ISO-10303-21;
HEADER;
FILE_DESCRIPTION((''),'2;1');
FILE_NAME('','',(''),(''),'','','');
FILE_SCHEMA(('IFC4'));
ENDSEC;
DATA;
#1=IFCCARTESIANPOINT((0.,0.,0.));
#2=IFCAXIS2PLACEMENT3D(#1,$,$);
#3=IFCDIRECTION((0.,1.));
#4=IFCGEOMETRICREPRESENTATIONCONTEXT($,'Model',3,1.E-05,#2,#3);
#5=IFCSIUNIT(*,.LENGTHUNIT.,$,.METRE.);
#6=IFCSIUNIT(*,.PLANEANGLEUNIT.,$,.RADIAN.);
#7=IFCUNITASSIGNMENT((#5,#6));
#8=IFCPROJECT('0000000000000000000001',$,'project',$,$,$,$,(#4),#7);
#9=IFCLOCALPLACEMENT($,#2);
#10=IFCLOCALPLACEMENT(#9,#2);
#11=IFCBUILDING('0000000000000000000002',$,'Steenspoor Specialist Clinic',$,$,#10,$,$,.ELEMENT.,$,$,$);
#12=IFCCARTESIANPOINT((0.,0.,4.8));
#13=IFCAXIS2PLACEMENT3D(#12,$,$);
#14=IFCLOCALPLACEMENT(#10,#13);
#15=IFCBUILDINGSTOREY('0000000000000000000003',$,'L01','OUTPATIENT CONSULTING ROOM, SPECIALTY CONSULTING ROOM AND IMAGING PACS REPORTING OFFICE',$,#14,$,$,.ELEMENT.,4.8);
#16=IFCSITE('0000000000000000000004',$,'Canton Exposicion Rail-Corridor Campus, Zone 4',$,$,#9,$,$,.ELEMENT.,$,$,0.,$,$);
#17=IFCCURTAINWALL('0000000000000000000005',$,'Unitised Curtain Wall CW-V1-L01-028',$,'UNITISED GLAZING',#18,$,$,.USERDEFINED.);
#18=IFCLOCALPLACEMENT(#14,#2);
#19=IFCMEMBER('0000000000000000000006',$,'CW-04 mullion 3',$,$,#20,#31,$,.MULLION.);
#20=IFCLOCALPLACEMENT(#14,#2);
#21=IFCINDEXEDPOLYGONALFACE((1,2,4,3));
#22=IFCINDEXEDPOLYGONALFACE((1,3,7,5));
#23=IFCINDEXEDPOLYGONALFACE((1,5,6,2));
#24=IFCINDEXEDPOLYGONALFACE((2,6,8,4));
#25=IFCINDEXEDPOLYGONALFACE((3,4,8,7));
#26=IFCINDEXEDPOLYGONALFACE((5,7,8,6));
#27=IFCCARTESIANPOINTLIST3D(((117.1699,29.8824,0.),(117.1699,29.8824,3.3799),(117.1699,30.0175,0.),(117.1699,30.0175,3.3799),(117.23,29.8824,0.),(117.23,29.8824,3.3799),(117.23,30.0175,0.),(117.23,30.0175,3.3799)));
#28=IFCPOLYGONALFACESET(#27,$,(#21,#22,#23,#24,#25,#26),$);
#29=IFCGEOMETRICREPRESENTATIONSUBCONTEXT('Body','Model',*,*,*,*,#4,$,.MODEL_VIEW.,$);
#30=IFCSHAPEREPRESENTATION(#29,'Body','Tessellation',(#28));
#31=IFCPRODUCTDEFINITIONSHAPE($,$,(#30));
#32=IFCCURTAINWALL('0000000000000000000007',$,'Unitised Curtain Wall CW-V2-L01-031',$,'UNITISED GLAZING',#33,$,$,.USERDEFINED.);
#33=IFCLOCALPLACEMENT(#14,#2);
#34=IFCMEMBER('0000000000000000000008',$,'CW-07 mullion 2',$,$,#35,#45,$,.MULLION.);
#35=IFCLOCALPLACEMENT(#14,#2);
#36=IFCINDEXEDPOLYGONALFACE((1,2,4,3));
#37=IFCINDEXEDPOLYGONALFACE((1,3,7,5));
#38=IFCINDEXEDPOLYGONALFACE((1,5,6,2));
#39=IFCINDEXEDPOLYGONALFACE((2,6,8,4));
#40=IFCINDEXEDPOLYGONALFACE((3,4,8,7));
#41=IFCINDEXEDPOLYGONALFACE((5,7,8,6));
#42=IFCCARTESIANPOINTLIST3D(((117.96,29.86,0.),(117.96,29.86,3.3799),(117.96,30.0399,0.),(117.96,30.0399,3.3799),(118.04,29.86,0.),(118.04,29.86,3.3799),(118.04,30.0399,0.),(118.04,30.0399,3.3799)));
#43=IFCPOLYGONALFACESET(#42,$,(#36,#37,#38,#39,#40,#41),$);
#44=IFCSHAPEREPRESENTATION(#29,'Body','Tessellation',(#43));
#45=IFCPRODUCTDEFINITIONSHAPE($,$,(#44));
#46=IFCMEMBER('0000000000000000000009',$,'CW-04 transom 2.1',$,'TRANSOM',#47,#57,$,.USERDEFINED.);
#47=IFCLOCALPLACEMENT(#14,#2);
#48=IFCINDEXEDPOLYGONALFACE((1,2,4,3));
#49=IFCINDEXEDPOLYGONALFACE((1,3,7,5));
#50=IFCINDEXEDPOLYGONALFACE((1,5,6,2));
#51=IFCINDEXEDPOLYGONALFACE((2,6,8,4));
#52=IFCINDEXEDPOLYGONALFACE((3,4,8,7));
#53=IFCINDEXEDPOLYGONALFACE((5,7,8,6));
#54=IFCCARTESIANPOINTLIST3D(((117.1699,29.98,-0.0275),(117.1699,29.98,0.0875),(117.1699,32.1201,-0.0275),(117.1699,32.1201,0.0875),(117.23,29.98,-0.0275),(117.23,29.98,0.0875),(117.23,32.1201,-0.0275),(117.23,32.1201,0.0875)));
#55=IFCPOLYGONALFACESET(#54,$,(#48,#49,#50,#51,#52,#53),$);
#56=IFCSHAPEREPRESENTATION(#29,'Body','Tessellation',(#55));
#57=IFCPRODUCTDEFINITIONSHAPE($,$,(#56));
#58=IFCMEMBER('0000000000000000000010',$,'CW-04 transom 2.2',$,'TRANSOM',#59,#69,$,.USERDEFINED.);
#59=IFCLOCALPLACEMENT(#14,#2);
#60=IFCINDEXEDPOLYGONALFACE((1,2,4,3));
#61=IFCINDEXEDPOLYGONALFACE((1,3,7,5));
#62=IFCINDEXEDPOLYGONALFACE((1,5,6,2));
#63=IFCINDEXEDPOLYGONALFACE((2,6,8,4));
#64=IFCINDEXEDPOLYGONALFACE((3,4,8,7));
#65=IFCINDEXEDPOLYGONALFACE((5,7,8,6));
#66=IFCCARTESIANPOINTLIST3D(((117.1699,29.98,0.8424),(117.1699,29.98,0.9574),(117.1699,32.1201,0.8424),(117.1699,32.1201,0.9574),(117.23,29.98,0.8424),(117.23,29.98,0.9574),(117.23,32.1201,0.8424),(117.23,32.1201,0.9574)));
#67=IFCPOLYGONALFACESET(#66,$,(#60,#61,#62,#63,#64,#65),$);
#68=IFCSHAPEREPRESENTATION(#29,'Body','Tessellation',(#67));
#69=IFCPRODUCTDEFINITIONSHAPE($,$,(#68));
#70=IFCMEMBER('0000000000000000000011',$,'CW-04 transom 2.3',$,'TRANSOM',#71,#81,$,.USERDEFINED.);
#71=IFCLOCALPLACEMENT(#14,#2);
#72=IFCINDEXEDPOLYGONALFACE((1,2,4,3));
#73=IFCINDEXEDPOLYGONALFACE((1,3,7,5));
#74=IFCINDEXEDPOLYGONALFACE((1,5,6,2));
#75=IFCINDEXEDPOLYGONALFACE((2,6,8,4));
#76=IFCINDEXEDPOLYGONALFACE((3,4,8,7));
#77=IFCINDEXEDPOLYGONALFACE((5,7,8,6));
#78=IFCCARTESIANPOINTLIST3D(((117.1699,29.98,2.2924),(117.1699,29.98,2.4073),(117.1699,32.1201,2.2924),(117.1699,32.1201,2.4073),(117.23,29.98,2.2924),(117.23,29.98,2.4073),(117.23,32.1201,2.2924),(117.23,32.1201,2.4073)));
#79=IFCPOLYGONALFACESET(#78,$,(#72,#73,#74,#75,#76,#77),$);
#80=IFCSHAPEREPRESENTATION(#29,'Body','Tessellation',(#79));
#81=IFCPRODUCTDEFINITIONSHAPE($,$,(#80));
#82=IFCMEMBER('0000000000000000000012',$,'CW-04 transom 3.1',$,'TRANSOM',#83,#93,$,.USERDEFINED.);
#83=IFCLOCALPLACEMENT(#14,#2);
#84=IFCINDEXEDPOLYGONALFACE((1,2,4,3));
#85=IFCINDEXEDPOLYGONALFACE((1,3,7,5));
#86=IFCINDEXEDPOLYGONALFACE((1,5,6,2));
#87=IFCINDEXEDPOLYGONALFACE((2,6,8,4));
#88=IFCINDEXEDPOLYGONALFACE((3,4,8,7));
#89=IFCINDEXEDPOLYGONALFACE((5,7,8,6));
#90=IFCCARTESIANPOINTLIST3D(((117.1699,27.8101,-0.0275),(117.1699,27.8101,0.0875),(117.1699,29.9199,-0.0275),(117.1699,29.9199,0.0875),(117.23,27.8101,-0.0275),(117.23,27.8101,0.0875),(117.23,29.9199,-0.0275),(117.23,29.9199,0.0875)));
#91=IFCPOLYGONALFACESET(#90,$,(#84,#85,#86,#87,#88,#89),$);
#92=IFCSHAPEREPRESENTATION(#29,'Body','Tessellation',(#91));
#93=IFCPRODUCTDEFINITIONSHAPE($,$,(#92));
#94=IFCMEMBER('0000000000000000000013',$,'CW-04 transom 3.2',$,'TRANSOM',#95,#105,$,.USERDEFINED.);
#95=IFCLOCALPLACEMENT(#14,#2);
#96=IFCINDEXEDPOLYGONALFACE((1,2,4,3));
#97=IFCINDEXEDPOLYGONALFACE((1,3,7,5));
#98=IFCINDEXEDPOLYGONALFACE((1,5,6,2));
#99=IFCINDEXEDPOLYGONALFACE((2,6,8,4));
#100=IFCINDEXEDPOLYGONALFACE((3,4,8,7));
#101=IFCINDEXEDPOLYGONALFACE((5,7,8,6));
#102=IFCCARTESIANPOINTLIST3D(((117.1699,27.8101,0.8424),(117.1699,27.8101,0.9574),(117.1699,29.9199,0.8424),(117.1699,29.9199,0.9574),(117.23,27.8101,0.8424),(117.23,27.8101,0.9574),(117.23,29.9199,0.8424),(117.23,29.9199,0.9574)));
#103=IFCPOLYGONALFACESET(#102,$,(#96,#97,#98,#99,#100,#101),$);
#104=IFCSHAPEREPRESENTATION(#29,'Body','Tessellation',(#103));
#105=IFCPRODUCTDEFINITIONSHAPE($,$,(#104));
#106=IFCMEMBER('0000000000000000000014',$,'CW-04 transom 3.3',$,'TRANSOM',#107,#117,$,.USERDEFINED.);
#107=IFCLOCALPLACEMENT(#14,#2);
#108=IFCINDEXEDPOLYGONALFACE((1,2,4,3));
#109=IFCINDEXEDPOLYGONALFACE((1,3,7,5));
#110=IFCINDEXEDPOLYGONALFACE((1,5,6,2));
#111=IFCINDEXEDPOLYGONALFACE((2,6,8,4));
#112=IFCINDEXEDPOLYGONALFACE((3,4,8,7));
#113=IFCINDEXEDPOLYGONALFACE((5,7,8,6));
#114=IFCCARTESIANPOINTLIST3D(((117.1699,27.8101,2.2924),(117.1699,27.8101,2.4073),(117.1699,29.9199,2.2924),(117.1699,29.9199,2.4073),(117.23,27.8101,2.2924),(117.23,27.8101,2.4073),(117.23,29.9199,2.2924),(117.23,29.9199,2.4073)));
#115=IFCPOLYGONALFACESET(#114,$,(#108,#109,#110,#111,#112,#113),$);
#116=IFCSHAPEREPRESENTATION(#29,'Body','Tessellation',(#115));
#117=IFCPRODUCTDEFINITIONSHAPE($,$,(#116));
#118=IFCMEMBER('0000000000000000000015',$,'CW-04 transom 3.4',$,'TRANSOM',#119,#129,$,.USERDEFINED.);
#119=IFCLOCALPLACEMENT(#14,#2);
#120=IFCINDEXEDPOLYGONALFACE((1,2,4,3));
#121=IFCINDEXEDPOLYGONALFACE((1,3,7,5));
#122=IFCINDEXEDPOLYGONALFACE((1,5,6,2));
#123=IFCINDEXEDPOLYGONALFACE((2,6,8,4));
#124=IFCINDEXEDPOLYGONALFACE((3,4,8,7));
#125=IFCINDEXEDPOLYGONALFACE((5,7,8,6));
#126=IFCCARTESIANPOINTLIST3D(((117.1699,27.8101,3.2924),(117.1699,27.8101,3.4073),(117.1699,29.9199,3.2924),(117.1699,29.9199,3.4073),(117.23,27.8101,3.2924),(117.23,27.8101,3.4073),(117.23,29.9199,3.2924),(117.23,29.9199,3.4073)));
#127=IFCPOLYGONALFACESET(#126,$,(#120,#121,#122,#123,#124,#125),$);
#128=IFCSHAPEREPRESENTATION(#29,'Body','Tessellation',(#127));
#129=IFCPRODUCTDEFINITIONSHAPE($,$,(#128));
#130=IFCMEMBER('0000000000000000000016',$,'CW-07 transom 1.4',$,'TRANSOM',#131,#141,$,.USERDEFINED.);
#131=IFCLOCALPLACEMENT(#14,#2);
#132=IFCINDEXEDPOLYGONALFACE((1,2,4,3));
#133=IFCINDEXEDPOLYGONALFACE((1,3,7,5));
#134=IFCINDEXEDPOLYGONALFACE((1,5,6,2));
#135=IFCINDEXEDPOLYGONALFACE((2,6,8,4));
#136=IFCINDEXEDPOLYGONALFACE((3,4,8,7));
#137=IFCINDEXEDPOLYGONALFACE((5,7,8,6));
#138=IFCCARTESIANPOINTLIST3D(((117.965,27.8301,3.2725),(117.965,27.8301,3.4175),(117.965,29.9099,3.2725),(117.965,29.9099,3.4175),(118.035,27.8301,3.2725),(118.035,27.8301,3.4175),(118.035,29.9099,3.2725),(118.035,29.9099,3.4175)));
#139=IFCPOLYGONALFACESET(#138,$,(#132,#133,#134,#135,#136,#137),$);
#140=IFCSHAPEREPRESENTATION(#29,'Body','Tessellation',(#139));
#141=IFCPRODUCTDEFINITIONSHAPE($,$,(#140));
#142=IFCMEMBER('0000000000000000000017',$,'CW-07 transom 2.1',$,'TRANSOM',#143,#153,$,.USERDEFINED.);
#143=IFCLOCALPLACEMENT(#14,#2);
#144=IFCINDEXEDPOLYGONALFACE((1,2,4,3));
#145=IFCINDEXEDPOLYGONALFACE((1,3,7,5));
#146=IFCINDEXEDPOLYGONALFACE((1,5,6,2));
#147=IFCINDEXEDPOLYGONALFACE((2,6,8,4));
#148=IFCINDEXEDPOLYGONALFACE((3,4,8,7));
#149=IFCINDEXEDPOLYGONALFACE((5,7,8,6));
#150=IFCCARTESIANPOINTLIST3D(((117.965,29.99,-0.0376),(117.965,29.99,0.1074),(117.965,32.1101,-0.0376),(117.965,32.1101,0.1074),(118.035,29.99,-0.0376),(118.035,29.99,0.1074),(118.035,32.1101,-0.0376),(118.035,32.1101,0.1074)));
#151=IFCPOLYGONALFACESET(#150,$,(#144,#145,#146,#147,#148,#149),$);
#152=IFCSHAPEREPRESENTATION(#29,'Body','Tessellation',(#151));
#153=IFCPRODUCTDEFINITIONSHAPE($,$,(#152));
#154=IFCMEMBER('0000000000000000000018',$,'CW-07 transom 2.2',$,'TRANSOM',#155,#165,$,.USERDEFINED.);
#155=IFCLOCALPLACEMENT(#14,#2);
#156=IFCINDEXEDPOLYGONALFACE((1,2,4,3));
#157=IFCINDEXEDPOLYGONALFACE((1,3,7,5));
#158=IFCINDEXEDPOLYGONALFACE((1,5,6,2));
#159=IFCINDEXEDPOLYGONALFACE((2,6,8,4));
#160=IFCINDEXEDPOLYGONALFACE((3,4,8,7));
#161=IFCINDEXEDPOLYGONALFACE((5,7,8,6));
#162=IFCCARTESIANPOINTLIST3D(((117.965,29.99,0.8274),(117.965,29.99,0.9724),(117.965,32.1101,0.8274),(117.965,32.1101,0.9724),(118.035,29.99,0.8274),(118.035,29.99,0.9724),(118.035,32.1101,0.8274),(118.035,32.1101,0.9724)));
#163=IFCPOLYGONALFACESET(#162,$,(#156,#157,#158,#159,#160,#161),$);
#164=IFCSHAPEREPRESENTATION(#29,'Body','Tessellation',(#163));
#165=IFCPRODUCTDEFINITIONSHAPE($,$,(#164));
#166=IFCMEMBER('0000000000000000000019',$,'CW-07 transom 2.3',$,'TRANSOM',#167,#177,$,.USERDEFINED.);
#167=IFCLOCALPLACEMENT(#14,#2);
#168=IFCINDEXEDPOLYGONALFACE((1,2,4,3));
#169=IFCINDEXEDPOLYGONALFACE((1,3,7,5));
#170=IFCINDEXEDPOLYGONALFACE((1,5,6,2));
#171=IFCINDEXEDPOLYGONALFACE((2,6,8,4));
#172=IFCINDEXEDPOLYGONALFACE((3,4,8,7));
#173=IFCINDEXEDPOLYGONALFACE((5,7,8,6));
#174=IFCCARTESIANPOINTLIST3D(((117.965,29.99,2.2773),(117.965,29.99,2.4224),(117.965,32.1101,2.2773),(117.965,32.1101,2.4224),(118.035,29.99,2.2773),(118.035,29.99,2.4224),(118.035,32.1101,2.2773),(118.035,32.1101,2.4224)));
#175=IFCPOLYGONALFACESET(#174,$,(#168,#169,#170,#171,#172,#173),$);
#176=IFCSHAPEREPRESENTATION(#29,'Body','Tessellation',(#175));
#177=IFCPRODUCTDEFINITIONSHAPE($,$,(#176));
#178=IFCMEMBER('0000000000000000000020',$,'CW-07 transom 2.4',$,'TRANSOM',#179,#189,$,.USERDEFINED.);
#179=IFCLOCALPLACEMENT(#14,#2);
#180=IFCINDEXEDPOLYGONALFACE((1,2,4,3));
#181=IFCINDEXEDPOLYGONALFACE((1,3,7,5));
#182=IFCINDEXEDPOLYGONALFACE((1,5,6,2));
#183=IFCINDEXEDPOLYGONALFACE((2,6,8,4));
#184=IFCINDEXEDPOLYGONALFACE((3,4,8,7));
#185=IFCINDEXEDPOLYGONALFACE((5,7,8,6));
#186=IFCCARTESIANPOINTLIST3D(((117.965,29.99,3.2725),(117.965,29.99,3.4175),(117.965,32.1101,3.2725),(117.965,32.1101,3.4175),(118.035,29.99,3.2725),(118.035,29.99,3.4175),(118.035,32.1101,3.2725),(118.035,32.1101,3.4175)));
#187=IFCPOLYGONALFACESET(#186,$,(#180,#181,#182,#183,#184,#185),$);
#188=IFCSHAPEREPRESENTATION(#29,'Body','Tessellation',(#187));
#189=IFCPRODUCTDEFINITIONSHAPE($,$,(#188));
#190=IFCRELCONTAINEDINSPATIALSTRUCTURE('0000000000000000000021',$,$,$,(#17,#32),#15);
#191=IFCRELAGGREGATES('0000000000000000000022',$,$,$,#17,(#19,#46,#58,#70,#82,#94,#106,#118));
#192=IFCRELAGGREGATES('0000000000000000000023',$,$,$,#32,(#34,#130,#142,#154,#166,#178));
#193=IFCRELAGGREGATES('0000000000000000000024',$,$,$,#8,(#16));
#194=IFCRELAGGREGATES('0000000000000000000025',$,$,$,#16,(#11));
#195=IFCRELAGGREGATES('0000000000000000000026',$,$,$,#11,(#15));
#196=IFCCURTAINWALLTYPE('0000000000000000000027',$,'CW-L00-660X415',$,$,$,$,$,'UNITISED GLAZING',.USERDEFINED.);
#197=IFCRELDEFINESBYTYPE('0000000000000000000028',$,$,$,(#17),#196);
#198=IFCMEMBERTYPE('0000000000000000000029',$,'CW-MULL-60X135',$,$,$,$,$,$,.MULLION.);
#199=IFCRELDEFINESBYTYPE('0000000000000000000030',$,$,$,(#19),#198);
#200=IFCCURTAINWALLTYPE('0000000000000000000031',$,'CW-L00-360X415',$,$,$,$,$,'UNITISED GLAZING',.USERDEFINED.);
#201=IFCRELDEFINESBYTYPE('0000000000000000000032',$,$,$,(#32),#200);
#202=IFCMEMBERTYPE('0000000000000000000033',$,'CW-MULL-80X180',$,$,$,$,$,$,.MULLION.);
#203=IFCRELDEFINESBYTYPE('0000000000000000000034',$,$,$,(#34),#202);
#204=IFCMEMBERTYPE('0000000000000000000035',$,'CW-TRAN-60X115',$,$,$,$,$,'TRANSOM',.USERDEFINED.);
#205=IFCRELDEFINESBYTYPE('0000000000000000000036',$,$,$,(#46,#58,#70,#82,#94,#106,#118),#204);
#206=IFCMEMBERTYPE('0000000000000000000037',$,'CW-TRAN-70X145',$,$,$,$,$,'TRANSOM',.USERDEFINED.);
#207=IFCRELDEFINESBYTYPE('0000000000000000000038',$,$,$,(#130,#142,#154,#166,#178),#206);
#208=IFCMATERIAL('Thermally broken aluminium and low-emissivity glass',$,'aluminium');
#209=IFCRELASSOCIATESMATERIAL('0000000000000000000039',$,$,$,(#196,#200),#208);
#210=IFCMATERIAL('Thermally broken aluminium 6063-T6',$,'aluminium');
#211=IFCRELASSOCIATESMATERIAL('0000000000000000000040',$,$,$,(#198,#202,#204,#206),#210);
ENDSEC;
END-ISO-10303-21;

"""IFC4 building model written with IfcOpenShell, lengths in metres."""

from ifc_helpers import new_model, si_unit, direction, frame, origin, origin_2d, place, context, subcontext, project, spatial, rectangle, extrude, material, material_profile, profile_set, type_object, element, aggregate, save


model = new_model("IFC4")

# Units and contexts
model_context = context("Model", 3, precision=1e-05, world=origin(), true_north=direction((0.0, 1.0)))
body_context = subcontext(model_context, "Body", "Model", "MODEL_VIEW")
ifc_project = project(units=[si_unit("LENGTHUNIT", "METRE"), si_unit("PLANEANGLEUNIT", "RADIAN")], contexts=[model_context])

# Site, building, storey
site_placement = place(None, origin())
site = spatial("IfcSite", under=ifc_project, at=site_placement, Name="Canton Exposicion Rail-Corridor Campus, Zone 4", CompositionType="ELEMENT", RefElevation=0.0)
building_placement = place(site_placement, origin())
building = spatial("IfcBuilding", under=site, at=building_placement, Name="Steenspoor Specialist Clinic", CompositionType="ELEMENT")
storey_placement = place(building_placement, frame((0.0, 0.0, 4.8)))
storey = spatial("IfcBuildingStorey", under=building, at=storey_placement, Name="L01", Description="OUTPATIENT CONSULTING ROOM, SPECIALTY CONSULTING ROOM AND IMAGING PACS REPORTING OFFICE", CompositionType="ELEMENT", Elevation=4.8)

# Curtain walls, members
ifc_material_1 = material(Name="Thermally broken aluminium and low-emissivity glass", Category="aluminium")
curtain_wall_type_1 = type_object("IfcCurtainWallType", Name="CW-L00-660X415", ElementType="UNITISED GLAZING", PredefinedType="USERDEFINED", material=ifc_material_1)
curtain_wall_1_placement = place(storey_placement, origin())
curtain_wall_1 = element("IfcCurtainWall", 1, at=curtain_wall_1_placement, inside=storey, type_object=curtain_wall_type_1, Name="Unitised Curtain Wall CW-V1-L01-028", ObjectType="UNITISED GLAZING", PredefinedType="USERDEFINED")
ifc_material_2 = material(Name="Thermally broken aluminium 6063-T6", Category="aluminium")
ifc_material_profile_1 = material_profile(ifc_material_2, rectangle(XDim=0.0601, YDim=0.135, at=origin_2d()), Name="CWM-60X135")
ifc_profile_set_1 = profile_set([ifc_material_profile_1], Name="Thermally broken aluminium 6063-T6")
member_type_1 = type_object("IfcMemberType", Name="CW-MULL-60X135", PredefinedType="MULLION", material=ifc_profile_set_1)
member_1_placement = place(storey_placement, frame((117.2, 29.95, 0.0), z_axis=(0.0, 0.0, 1.0), x_axis=(1.0, 0.0, 0.0)))
member_1 = element("IfcMember", 2, at=member_1_placement, type_object=member_type_1, Name="CW-04 mullion 3", PredefinedType="MULLION", context=body_context, shape_type="SweptSolid", body=[
    extrude(rectangle(XDim=0.0601, YDim=0.135, at=origin_2d()), origin(), (0.0, 0.0, 1.0), 3.3799),
])
curtain_wall_type_2 = type_object("IfcCurtainWallType", Name="CW-L00-360X415", ElementType="UNITISED GLAZING", PredefinedType="USERDEFINED", material=ifc_material_1)
curtain_wall_2_placement = place(storey_placement, origin())
curtain_wall_2 = element("IfcCurtainWall", 3, at=curtain_wall_2_placement, inside=storey, type_object=curtain_wall_type_2, Name="Unitised Curtain Wall CW-V2-L01-031", ObjectType="UNITISED GLAZING", PredefinedType="USERDEFINED")
ifc_material_profile_2 = material_profile(ifc_material_2, rectangle(XDim=0.0801, YDim=0.1799, at=origin_2d()), Name="CWM-80X180")
ifc_profile_set_2 = profile_set([ifc_material_profile_2], Name="Thermally broken aluminium 6063-T6")
member_type_2 = type_object("IfcMemberType", Name="CW-MULL-80X180", PredefinedType="MULLION", material=ifc_profile_set_2)
member_2_placement = place(storey_placement, frame((118.0, 29.95, 0.0), z_axis=(0.0, 0.0, 1.0), x_axis=(-1.0, 0.0, 0.0)))
member_2 = element("IfcMember", 4, at=member_2_placement, type_object=member_type_2, Name="CW-07 mullion 2", PredefinedType="MULLION", context=body_context, shape_type="SweptSolid", body=[
    extrude(rectangle(XDim=0.0801, YDim=0.1799, at=origin_2d()), origin(), (0.0, 0.0, 1.0), 3.3799),
])

# Members
ifc_material_profile_3 = material_profile(ifc_material_2, rectangle(XDim=0.0601, YDim=0.115, at=origin_2d()), Name="CWT-60X115")
ifc_profile_set_3 = profile_set([ifc_material_profile_3], Name="Thermally broken aluminium 6063-T6")
member_type_3 = type_object("IfcMemberType", Name="CW-TRAN-60X115", ElementType="TRANSOM", PredefinedType="USERDEFINED", material=ifc_profile_set_3)
member_3_placement = place(storey_placement, frame((117.2, 32.1201, 0.03), z_axis=(0.0, -1.0, 0.0), x_axis=(1.0, 0.0, 0.0)))
member_3 = element("IfcMember", 5, at=member_3_placement, type_object=member_type_3, Name="CW-04 transom 2.1", ObjectType="TRANSOM", PredefinedType="USERDEFINED", context=body_context, shape_type="SweptSolid", body=[
    extrude(rectangle(XDim=0.0601, YDim=0.115, at=origin_2d()), origin(), (0.0, 0.0, 1.0), 2.1401),
])
member_4_placement = place(storey_placement, frame((117.2, 32.1201, 0.8999), z_axis=(0.0, -1.0, 0.0), x_axis=(1.0, 0.0, 0.0)))
member_4 = element("IfcMember", 6, at=member_4_placement, type_object=member_type_3, Name="CW-04 transom 2.2", ObjectType="TRANSOM", PredefinedType="USERDEFINED", context=body_context, shape_type="SweptSolid", body=[
    extrude(rectangle(XDim=0.0601, YDim=0.115, at=origin_2d()), origin(), (0.0, 0.0, 1.0), 2.1401),
])
member_5_placement = place(storey_placement, frame((117.2, 32.1201, 2.3499), z_axis=(0.0, -1.0, 0.0), x_axis=(1.0, 0.0, 0.0)))
member_5 = element("IfcMember", 7, at=member_5_placement, type_object=member_type_3, Name="CW-04 transom 2.3", ObjectType="TRANSOM", PredefinedType="USERDEFINED", context=body_context, shape_type="SweptSolid", body=[
    extrude(rectangle(XDim=0.0601, YDim=0.115, at=origin_2d()), origin(), (0.0, 0.0, 1.0), 2.1401),
])
member_6_placement = place(storey_placement, frame((117.2, 29.9199, 0.03), z_axis=(0.0, -1.0, 0.0), x_axis=(1.0, 0.0, 0.0)))
member_6 = element("IfcMember", 8, at=member_6_placement, type_object=member_type_3, Name="CW-04 transom 3.1", ObjectType="TRANSOM", PredefinedType="USERDEFINED", context=body_context, shape_type="SweptSolid", body=[
    extrude(rectangle(XDim=0.0601, YDim=0.115, at=origin_2d()), origin(), (0.0, 0.0, 1.0), 2.1099),
])
member_7_placement = place(storey_placement, frame((117.2, 29.9199, 0.8999), z_axis=(0.0, -1.0, 0.0), x_axis=(1.0, 0.0, 0.0)))
member_7 = element("IfcMember", 9, at=member_7_placement, type_object=member_type_3, Name="CW-04 transom 3.2", ObjectType="TRANSOM", PredefinedType="USERDEFINED", context=body_context, shape_type="SweptSolid", body=[
    extrude(rectangle(XDim=0.0601, YDim=0.115, at=origin_2d()), origin(), (0.0, 0.0, 1.0), 2.1099),
])
member_8_placement = place(storey_placement, frame((117.2, 29.9199, 2.3499), z_axis=(0.0, -1.0, 0.0), x_axis=(1.0, 0.0, 0.0)))
member_8 = element("IfcMember", 10, at=member_8_placement, type_object=member_type_3, Name="CW-04 transom 3.3", ObjectType="TRANSOM", PredefinedType="USERDEFINED", context=body_context, shape_type="SweptSolid", body=[
    extrude(rectangle(XDim=0.0601, YDim=0.115, at=origin_2d()), origin(), (0.0, 0.0, 1.0), 2.1099),
])
member_9_placement = place(storey_placement, frame((117.2, 29.9199, 3.3499), z_axis=(0.0, -1.0, 0.0), x_axis=(1.0, 0.0, 0.0)))
member_9 = element("IfcMember", 11, at=member_9_placement, type_object=member_type_3, Name="CW-04 transom 3.4", ObjectType="TRANSOM", PredefinedType="USERDEFINED", context=body_context, shape_type="SweptSolid", body=[
    extrude(rectangle(XDim=0.0601, YDim=0.115, at=origin_2d()), origin(), (0.0, 0.0, 1.0), 2.1099),
])
ifc_material_profile_4 = material_profile(ifc_material_2, rectangle(XDim=0.0701, YDim=0.145, at=origin_2d()), Name="CWT-70X145")
ifc_profile_set_4 = profile_set([ifc_material_profile_4], Name="Thermally broken aluminium 6063-T6")
member_type_4 = type_object("IfcMemberType", Name="CW-TRAN-70X145", ElementType="TRANSOM", PredefinedType="USERDEFINED", material=ifc_profile_set_4)
member_10_placement = place(storey_placement, frame((118.0, 27.8301, 3.345), z_axis=(0.0, 1.0, 0.0), x_axis=(-1.0, 0.0, 0.0)))
member_10 = element("IfcMember", 12, at=member_10_placement, type_object=member_type_4, Name="CW-07 transom 1.4", ObjectType="TRANSOM", PredefinedType="USERDEFINED", context=body_context, shape_type="SweptSolid", body=[
    extrude(rectangle(XDim=0.0701, YDim=0.145, at=origin_2d()), origin(), (0.0, 0.0, 1.0), 2.0798),
])
member_11_placement = place(storey_placement, frame((118.0, 29.99, 0.0349), z_axis=(0.0, 1.0, 0.0), x_axis=(-1.0, 0.0, 0.0)))
member_11 = element("IfcMember", 13, at=member_11_placement, type_object=member_type_4, Name="CW-07 transom 2.1", ObjectType="TRANSOM", PredefinedType="USERDEFINED", context=body_context, shape_type="SweptSolid", body=[
    extrude(rectangle(XDim=0.0701, YDim=0.145, at=origin_2d()), origin(), (0.0, 0.0, 1.0), 2.1201),
])
member_12_placement = place(storey_placement, frame((118.0, 29.99, 0.8999), z_axis=(0.0, 1.0, 0.0), x_axis=(-1.0, 0.0, 0.0)))
member_12 = element("IfcMember", 14, at=member_12_placement, type_object=member_type_4, Name="CW-07 transom 2.2", ObjectType="TRANSOM", PredefinedType="USERDEFINED", context=body_context, shape_type="SweptSolid", body=[
    extrude(rectangle(XDim=0.0701, YDim=0.145, at=origin_2d()), origin(), (0.0, 0.0, 1.0), 2.1201),
])
member_13_placement = place(storey_placement, frame((118.0, 29.99, 2.3499), z_axis=(0.0, 1.0, 0.0), x_axis=(-1.0, 0.0, 0.0)))
member_13 = element("IfcMember", 15, at=member_13_placement, type_object=member_type_4, Name="CW-07 transom 2.3", ObjectType="TRANSOM", PredefinedType="USERDEFINED", context=body_context, shape_type="SweptSolid", body=[
    extrude(rectangle(XDim=0.0701, YDim=0.145, at=origin_2d()), origin(), (0.0, 0.0, 1.0), 2.1201),
])
member_14_placement = place(storey_placement, frame((118.0, 29.99, 3.345), z_axis=(0.0, 1.0, 0.0), x_axis=(-1.0, 0.0, 0.0)))
member_14 = element("IfcMember", 16, at=member_14_placement, type_object=member_type_4, Name="CW-07 transom 2.4", ObjectType="TRANSOM", PredefinedType="USERDEFINED", context=body_context, shape_type="SweptSolid", body=[
    extrude(rectangle(XDim=0.0701, YDim=0.145, at=origin_2d()), origin(), (0.0, 0.0, 1.0), 2.1201),
])

aggregate(curtain_wall_1, [member_1, member_3, member_4, member_5, member_6, member_7, member_8, member_9])
aggregate(curtain_wall_2, [member_2, member_10, member_11, member_12, member_13, member_14])

save(model, "model.ifc")
